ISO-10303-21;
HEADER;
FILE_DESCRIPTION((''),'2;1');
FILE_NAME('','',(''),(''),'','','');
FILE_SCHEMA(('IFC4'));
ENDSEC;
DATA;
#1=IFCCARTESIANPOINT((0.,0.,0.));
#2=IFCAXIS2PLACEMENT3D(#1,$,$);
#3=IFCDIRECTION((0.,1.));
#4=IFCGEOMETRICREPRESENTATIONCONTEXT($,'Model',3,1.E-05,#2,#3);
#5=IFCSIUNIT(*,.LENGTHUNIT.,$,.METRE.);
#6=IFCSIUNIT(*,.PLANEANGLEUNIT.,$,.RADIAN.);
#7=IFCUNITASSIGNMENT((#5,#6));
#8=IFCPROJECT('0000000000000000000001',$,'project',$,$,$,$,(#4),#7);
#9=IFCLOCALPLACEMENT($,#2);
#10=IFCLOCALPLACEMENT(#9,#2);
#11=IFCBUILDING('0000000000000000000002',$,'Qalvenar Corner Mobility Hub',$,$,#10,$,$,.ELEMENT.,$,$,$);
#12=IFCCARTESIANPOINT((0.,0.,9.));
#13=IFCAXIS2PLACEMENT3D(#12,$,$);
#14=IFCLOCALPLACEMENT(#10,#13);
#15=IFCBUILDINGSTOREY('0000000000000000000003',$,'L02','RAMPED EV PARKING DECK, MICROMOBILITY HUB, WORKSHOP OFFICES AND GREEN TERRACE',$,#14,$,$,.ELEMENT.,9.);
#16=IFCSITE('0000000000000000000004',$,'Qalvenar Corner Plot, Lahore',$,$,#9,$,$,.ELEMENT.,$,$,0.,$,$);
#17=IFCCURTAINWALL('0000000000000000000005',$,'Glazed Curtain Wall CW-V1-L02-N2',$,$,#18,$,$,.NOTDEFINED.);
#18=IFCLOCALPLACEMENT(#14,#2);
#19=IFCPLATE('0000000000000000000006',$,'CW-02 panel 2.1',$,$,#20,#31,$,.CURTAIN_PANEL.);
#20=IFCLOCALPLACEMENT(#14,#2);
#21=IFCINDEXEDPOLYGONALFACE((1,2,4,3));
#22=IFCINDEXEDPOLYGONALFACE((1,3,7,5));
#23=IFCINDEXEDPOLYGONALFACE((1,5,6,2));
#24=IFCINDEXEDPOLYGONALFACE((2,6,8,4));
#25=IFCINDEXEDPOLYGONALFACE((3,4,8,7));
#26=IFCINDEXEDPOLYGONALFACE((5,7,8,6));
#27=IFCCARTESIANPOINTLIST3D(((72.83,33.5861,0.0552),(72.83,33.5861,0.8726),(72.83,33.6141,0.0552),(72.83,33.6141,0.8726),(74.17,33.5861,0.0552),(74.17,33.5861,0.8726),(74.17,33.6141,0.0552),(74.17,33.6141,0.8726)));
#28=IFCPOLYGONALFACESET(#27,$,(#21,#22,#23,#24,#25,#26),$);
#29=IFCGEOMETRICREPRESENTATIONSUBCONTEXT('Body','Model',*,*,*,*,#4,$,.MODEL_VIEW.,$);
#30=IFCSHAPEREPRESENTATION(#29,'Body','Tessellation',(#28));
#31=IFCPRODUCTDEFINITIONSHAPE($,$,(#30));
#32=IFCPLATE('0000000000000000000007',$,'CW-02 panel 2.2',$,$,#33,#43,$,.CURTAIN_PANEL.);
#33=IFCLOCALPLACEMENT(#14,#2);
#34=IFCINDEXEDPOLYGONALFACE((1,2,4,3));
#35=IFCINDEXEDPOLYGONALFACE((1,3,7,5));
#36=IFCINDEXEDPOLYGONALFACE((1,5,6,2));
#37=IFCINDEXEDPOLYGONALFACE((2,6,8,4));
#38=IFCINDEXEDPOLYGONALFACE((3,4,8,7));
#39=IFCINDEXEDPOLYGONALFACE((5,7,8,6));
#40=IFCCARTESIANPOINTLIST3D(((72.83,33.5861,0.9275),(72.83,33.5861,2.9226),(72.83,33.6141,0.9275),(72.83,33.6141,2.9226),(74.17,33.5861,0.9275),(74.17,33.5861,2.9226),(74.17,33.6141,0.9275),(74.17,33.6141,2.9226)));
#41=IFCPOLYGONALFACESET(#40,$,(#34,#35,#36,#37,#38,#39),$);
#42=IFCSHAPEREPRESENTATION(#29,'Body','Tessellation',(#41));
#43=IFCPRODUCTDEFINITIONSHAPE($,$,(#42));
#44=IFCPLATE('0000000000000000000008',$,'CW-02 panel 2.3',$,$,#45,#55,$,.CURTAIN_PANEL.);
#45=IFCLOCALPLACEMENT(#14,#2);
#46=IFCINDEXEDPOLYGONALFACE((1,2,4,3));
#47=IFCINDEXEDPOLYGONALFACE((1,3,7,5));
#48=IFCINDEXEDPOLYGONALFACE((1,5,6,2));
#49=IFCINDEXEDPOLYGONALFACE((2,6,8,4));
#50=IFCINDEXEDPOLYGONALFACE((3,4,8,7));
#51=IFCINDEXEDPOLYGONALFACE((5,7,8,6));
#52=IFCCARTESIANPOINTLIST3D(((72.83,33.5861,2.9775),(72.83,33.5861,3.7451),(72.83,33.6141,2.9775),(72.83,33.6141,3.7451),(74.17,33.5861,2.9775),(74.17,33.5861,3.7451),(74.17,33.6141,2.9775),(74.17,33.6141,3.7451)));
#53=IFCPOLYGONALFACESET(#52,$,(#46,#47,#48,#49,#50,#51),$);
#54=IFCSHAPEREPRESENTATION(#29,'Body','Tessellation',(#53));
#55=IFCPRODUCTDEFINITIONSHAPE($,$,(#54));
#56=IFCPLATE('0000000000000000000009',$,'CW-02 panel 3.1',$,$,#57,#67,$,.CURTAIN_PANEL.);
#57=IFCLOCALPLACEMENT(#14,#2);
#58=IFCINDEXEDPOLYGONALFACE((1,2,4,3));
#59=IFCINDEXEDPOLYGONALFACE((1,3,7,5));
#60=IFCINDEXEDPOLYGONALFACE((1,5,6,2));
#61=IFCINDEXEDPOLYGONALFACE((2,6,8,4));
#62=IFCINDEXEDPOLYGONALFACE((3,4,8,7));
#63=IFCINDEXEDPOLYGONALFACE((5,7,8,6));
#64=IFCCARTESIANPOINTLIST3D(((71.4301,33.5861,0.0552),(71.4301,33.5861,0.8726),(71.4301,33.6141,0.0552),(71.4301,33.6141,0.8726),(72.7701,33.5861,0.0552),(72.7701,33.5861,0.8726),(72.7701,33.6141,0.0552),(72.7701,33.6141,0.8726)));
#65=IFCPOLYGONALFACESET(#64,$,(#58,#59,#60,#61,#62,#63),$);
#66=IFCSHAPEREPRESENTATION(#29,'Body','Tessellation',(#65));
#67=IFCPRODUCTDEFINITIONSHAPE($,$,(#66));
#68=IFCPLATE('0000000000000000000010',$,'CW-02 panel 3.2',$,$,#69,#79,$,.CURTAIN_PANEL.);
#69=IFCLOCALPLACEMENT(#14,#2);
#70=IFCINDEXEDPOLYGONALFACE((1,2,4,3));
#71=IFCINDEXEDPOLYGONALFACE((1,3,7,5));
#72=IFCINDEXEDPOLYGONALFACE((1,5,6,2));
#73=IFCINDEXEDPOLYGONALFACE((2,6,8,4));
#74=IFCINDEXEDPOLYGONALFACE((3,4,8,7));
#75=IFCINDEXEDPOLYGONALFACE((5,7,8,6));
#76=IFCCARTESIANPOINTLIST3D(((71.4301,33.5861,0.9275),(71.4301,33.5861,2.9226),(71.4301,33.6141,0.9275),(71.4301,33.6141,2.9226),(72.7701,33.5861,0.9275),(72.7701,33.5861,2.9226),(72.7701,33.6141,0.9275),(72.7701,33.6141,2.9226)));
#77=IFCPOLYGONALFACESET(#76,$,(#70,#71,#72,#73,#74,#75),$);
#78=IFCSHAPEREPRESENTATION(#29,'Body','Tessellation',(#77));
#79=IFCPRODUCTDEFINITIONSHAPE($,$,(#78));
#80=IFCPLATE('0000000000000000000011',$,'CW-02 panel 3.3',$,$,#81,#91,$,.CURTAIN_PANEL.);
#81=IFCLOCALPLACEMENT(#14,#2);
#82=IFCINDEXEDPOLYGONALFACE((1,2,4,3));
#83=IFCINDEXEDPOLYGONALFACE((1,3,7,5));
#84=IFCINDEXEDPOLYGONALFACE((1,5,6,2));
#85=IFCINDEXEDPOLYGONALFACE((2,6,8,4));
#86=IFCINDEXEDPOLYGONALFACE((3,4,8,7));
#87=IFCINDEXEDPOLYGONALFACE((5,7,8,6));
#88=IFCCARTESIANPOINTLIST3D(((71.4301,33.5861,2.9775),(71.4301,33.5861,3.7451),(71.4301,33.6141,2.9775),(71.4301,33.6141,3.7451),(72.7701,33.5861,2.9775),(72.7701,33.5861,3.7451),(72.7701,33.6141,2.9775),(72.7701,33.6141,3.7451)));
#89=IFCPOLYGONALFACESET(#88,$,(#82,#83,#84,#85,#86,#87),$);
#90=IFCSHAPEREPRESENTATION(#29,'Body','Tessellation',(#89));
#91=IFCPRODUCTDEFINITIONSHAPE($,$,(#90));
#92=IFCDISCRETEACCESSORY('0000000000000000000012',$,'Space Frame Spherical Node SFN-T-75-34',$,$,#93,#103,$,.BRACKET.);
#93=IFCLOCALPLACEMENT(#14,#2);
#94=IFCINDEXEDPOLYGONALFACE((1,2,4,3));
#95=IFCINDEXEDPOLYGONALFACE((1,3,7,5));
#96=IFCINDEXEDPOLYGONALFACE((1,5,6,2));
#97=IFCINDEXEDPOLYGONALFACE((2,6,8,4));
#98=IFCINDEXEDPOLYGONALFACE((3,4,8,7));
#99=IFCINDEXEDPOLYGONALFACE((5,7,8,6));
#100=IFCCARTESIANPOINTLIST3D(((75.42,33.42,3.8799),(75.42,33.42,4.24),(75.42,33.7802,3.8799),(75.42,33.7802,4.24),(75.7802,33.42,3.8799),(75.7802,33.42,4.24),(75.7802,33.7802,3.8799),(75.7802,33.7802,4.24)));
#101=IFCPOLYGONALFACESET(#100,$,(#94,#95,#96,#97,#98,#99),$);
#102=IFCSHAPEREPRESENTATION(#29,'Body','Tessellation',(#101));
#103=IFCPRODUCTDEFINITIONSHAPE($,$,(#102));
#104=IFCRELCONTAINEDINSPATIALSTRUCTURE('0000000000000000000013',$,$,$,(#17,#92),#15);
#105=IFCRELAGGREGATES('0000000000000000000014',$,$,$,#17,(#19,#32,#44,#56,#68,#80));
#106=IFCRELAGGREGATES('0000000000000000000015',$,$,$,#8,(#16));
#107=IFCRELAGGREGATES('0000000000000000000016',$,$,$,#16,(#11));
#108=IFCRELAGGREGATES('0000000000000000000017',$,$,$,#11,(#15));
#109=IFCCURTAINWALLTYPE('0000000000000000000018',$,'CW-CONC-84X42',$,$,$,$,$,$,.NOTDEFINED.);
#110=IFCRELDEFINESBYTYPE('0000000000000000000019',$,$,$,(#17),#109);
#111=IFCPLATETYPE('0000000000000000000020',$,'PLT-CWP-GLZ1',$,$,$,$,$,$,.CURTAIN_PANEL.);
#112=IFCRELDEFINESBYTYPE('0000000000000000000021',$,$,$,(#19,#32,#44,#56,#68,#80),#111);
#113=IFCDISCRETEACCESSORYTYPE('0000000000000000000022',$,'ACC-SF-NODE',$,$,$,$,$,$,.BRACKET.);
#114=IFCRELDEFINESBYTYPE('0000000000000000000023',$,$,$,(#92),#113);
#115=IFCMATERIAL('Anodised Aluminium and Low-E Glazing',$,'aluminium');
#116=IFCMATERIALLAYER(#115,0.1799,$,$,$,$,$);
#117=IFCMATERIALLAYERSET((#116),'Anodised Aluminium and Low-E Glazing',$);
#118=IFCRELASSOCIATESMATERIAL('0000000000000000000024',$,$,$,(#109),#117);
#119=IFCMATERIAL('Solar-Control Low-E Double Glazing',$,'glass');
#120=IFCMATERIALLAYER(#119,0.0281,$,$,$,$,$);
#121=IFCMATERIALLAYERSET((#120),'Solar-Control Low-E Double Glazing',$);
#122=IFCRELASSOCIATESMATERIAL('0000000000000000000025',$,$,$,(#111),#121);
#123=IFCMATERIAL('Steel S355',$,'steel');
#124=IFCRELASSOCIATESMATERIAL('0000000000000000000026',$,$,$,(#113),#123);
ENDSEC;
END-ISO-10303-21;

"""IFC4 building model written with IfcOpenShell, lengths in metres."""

from ifc_helpers import new_model, si_unit, direction, frame, origin, origin_2d, place, context, subcontext, project, spatial, rectangle, extrude, material, layer, layer_set, type_object, element, aggregate, save


model = new_model("IFC4")

# Units and contexts
model_context = context("Model", 3, precision=1e-05, world=origin(), true_north=direction((0.0, 1.0)))
body_context = subcontext(model_context, "Body", "Model", "MODEL_VIEW")
ifc_project = project(units=[si_unit("LENGTHUNIT", "METRE"), si_unit("PLANEANGLEUNIT", "RADIAN")], contexts=[model_context])

# Site, building, storey
site_placement = place(None, origin())
site = spatial("IfcSite", under=ifc_project, at=site_placement, Name="Qalvenar Corner Plot, Lahore", CompositionType="ELEMENT", RefElevation=0.0)
building_placement = place(site_placement, origin())
building = spatial("IfcBuilding", under=site, at=building_placement, Name="Qalvenar Corner Mobility Hub", CompositionType="ELEMENT")
storey_placement = place(building_placement, frame((0.0, 0.0, 9.0)))
storey = spatial("IfcBuildingStorey", under=building, at=storey_placement, Name="L02", Description="RAMPED EV PARKING DECK, MICROMOBILITY HUB, WORKSHOP OFFICES AND GREEN TERRACE", CompositionType="ELEMENT", Elevation=9.0)

# Shared definitions
ifc_material_1 = material(Name="Steel S355", Category="steel")

# Curtain wall
ifc_material_2 = material(Name="Anodised Aluminium and Low-E Glazing", Category="aluminium")
ifc_layer_1 = layer(ifc_material_2, 0.1799)
ifc_layer_set_1 = layer_set([ifc_layer_1], Name="Anodised Aluminium and Low-E Glazing")
curtain_wall_type = type_object("IfcCurtainWallType", Name="CW-CONC-84X42", PredefinedType="NOTDEFINED", material=ifc_layer_set_1)
curtain_wall_placement = place(storey_placement, origin())
curtain_wall = element("IfcCurtainWall", 1, at=curtain_wall_placement, inside=storey, type_object=curtain_wall_type, Name="Glazed Curtain Wall CW-V1-L02-N2", PredefinedType="NOTDEFINED")

# Plates
ifc_material_3 = material(Name="Solar-Control Low-E Double Glazing", Category="glass")
ifc_layer_2 = layer(ifc_material_3, 0.0281)
ifc_layer_set_2 = layer_set([ifc_layer_2], Name="Solar-Control Low-E Double Glazing")
plate_type_1 = type_object("IfcPlateType", Name="PLT-CWP-GLZ1", PredefinedType="CURTAIN_PANEL", material=ifc_layer_set_2)
plate_1_placement = place(storey_placement, frame((73.5, 33.6001, 0.0552), z_axis=(0.0, 0.0, 1.0), x_axis=(-1.0, 0.0, 0.0)))
plate_1 = element("IfcPlate", 2, at=plate_1_placement, type_object=plate_type_1, Name="CW-02 panel 2.1", PredefinedType="CURTAIN_PANEL", context=body_context, shape_type="SweptSolid", body=[
    extrude(rectangle(XDim=1.3401, YDim=0.0281, at=origin_2d()), origin(), (0.0, 0.0, 1.0), 0.8174),
])
plate_2_placement = place(storey_placement, frame((73.5, 33.6001, 0.9275), z_axis=(0.0, 0.0, 1.0), x_axis=(-1.0, 0.0, 0.0)))
plate_2 = element("IfcPlate", 3, at=plate_2_placement, type_object=plate_type_1, Name="CW-02 panel 2.2", PredefinedType="CURTAIN_PANEL", context=body_context, shape_type="SweptSolid", body=[
    extrude(rectangle(XDim=1.3401, YDim=0.0281, at=origin_2d()), origin(), (0.0, 0.0, 1.0), 1.9951),
])
plate_3_placement = place(storey_placement, frame((73.5, 33.6001, 2.9775), z_axis=(0.0, 0.0, 1.0), x_axis=(-1.0, 0.0, 0.0)))
plate_3 = element("IfcPlate", 4, at=plate_3_placement, type_object=plate_type_1, Name="CW-02 panel 2.3", PredefinedType="CURTAIN_PANEL", context=body_context, shape_type="SweptSolid", body=[
    extrude(rectangle(XDim=1.3401, YDim=0.0281, at=origin_2d()), origin(), (0.0, 0.0, 1.0), 0.7676),
])
plate_4_placement = place(storey_placement, frame((72.1001, 33.6001, 0.0552), z_axis=(0.0, 0.0, 1.0), x_axis=(-1.0, 0.0, 0.0)))
plate_4 = element("IfcPlate", 5, at=plate_4_placement, type_object=plate_type_1, Name="CW-02 panel 3.1", PredefinedType="CURTAIN_PANEL", context=body_context, shape_type="SweptSolid", body=[
    extrude(rectangle(XDim=1.3401, YDim=0.0281, at=origin_2d()), origin(), (0.0, 0.0, 1.0), 0.8174),
])
plate_5_placement = place(storey_placement, frame((72.1001, 33.6001, 0.9275), z_axis=(0.0, 0.0, 1.0), x_axis=(-1.0, 0.0, 0.0)))
plate_5 = element("IfcPlate", 6, at=plate_5_placement, type_object=plate_type_1, Name="CW-02 panel 3.2", PredefinedType="CURTAIN_PANEL", context=body_context, shape_type="SweptSolid", body=[
    extrude(rectangle(XDim=1.3401, YDim=0.0281, at=origin_2d()), origin(), (0.0, 0.0, 1.0), 1.9951),
])
plate_6_placement = place(storey_placement, frame((72.1001, 33.6001, 2.9775), z_axis=(0.0, 0.0, 1.0), x_axis=(-1.0, 0.0, 0.0)))
plate_6 = element("IfcPlate", 7, at=plate_6_placement, type_object=plate_type_1, Name="CW-02 panel 3.3", PredefinedType="CURTAIN_PANEL", context=body_context, shape_type="SweptSolid", body=[
    extrude(rectangle(XDim=1.3401, YDim=0.0281, at=origin_2d()), origin(), (0.0, 0.0, 1.0), 0.7676),
])
aggregate(curtain_wall, [plate_1, plate_2, plate_3, plate_4, plate_5, plate_6])

# Discrete accessory
discrete_accessory_type = type_object("IfcDiscreteAccessoryType", Name="ACC-SF-NODE", PredefinedType="BRACKET", material=ifc_material_1)
discrete_accessory_placement = place(storey_placement, frame((75.6001, 33.6001, 3.8799), z_axis=(0.0, 0.0, 1.0), x_axis=(1.0, 0.0, 0.0)))
element("IfcDiscreteAccessory", 8, at=discrete_accessory_placement, inside=storey, type_object=discrete_accessory_type, Name="Space Frame Spherical Node SFN-T-75-34", PredefinedType="BRACKET", context=body_context, shape_type="SweptSolid", body=[
    extrude(rectangle(XDim=0.3601, YDim=0.3601, at=origin_2d()), origin(), (0.0, 0.0, 1.0), 0.3601),
])

save(model, "model.ifc")
